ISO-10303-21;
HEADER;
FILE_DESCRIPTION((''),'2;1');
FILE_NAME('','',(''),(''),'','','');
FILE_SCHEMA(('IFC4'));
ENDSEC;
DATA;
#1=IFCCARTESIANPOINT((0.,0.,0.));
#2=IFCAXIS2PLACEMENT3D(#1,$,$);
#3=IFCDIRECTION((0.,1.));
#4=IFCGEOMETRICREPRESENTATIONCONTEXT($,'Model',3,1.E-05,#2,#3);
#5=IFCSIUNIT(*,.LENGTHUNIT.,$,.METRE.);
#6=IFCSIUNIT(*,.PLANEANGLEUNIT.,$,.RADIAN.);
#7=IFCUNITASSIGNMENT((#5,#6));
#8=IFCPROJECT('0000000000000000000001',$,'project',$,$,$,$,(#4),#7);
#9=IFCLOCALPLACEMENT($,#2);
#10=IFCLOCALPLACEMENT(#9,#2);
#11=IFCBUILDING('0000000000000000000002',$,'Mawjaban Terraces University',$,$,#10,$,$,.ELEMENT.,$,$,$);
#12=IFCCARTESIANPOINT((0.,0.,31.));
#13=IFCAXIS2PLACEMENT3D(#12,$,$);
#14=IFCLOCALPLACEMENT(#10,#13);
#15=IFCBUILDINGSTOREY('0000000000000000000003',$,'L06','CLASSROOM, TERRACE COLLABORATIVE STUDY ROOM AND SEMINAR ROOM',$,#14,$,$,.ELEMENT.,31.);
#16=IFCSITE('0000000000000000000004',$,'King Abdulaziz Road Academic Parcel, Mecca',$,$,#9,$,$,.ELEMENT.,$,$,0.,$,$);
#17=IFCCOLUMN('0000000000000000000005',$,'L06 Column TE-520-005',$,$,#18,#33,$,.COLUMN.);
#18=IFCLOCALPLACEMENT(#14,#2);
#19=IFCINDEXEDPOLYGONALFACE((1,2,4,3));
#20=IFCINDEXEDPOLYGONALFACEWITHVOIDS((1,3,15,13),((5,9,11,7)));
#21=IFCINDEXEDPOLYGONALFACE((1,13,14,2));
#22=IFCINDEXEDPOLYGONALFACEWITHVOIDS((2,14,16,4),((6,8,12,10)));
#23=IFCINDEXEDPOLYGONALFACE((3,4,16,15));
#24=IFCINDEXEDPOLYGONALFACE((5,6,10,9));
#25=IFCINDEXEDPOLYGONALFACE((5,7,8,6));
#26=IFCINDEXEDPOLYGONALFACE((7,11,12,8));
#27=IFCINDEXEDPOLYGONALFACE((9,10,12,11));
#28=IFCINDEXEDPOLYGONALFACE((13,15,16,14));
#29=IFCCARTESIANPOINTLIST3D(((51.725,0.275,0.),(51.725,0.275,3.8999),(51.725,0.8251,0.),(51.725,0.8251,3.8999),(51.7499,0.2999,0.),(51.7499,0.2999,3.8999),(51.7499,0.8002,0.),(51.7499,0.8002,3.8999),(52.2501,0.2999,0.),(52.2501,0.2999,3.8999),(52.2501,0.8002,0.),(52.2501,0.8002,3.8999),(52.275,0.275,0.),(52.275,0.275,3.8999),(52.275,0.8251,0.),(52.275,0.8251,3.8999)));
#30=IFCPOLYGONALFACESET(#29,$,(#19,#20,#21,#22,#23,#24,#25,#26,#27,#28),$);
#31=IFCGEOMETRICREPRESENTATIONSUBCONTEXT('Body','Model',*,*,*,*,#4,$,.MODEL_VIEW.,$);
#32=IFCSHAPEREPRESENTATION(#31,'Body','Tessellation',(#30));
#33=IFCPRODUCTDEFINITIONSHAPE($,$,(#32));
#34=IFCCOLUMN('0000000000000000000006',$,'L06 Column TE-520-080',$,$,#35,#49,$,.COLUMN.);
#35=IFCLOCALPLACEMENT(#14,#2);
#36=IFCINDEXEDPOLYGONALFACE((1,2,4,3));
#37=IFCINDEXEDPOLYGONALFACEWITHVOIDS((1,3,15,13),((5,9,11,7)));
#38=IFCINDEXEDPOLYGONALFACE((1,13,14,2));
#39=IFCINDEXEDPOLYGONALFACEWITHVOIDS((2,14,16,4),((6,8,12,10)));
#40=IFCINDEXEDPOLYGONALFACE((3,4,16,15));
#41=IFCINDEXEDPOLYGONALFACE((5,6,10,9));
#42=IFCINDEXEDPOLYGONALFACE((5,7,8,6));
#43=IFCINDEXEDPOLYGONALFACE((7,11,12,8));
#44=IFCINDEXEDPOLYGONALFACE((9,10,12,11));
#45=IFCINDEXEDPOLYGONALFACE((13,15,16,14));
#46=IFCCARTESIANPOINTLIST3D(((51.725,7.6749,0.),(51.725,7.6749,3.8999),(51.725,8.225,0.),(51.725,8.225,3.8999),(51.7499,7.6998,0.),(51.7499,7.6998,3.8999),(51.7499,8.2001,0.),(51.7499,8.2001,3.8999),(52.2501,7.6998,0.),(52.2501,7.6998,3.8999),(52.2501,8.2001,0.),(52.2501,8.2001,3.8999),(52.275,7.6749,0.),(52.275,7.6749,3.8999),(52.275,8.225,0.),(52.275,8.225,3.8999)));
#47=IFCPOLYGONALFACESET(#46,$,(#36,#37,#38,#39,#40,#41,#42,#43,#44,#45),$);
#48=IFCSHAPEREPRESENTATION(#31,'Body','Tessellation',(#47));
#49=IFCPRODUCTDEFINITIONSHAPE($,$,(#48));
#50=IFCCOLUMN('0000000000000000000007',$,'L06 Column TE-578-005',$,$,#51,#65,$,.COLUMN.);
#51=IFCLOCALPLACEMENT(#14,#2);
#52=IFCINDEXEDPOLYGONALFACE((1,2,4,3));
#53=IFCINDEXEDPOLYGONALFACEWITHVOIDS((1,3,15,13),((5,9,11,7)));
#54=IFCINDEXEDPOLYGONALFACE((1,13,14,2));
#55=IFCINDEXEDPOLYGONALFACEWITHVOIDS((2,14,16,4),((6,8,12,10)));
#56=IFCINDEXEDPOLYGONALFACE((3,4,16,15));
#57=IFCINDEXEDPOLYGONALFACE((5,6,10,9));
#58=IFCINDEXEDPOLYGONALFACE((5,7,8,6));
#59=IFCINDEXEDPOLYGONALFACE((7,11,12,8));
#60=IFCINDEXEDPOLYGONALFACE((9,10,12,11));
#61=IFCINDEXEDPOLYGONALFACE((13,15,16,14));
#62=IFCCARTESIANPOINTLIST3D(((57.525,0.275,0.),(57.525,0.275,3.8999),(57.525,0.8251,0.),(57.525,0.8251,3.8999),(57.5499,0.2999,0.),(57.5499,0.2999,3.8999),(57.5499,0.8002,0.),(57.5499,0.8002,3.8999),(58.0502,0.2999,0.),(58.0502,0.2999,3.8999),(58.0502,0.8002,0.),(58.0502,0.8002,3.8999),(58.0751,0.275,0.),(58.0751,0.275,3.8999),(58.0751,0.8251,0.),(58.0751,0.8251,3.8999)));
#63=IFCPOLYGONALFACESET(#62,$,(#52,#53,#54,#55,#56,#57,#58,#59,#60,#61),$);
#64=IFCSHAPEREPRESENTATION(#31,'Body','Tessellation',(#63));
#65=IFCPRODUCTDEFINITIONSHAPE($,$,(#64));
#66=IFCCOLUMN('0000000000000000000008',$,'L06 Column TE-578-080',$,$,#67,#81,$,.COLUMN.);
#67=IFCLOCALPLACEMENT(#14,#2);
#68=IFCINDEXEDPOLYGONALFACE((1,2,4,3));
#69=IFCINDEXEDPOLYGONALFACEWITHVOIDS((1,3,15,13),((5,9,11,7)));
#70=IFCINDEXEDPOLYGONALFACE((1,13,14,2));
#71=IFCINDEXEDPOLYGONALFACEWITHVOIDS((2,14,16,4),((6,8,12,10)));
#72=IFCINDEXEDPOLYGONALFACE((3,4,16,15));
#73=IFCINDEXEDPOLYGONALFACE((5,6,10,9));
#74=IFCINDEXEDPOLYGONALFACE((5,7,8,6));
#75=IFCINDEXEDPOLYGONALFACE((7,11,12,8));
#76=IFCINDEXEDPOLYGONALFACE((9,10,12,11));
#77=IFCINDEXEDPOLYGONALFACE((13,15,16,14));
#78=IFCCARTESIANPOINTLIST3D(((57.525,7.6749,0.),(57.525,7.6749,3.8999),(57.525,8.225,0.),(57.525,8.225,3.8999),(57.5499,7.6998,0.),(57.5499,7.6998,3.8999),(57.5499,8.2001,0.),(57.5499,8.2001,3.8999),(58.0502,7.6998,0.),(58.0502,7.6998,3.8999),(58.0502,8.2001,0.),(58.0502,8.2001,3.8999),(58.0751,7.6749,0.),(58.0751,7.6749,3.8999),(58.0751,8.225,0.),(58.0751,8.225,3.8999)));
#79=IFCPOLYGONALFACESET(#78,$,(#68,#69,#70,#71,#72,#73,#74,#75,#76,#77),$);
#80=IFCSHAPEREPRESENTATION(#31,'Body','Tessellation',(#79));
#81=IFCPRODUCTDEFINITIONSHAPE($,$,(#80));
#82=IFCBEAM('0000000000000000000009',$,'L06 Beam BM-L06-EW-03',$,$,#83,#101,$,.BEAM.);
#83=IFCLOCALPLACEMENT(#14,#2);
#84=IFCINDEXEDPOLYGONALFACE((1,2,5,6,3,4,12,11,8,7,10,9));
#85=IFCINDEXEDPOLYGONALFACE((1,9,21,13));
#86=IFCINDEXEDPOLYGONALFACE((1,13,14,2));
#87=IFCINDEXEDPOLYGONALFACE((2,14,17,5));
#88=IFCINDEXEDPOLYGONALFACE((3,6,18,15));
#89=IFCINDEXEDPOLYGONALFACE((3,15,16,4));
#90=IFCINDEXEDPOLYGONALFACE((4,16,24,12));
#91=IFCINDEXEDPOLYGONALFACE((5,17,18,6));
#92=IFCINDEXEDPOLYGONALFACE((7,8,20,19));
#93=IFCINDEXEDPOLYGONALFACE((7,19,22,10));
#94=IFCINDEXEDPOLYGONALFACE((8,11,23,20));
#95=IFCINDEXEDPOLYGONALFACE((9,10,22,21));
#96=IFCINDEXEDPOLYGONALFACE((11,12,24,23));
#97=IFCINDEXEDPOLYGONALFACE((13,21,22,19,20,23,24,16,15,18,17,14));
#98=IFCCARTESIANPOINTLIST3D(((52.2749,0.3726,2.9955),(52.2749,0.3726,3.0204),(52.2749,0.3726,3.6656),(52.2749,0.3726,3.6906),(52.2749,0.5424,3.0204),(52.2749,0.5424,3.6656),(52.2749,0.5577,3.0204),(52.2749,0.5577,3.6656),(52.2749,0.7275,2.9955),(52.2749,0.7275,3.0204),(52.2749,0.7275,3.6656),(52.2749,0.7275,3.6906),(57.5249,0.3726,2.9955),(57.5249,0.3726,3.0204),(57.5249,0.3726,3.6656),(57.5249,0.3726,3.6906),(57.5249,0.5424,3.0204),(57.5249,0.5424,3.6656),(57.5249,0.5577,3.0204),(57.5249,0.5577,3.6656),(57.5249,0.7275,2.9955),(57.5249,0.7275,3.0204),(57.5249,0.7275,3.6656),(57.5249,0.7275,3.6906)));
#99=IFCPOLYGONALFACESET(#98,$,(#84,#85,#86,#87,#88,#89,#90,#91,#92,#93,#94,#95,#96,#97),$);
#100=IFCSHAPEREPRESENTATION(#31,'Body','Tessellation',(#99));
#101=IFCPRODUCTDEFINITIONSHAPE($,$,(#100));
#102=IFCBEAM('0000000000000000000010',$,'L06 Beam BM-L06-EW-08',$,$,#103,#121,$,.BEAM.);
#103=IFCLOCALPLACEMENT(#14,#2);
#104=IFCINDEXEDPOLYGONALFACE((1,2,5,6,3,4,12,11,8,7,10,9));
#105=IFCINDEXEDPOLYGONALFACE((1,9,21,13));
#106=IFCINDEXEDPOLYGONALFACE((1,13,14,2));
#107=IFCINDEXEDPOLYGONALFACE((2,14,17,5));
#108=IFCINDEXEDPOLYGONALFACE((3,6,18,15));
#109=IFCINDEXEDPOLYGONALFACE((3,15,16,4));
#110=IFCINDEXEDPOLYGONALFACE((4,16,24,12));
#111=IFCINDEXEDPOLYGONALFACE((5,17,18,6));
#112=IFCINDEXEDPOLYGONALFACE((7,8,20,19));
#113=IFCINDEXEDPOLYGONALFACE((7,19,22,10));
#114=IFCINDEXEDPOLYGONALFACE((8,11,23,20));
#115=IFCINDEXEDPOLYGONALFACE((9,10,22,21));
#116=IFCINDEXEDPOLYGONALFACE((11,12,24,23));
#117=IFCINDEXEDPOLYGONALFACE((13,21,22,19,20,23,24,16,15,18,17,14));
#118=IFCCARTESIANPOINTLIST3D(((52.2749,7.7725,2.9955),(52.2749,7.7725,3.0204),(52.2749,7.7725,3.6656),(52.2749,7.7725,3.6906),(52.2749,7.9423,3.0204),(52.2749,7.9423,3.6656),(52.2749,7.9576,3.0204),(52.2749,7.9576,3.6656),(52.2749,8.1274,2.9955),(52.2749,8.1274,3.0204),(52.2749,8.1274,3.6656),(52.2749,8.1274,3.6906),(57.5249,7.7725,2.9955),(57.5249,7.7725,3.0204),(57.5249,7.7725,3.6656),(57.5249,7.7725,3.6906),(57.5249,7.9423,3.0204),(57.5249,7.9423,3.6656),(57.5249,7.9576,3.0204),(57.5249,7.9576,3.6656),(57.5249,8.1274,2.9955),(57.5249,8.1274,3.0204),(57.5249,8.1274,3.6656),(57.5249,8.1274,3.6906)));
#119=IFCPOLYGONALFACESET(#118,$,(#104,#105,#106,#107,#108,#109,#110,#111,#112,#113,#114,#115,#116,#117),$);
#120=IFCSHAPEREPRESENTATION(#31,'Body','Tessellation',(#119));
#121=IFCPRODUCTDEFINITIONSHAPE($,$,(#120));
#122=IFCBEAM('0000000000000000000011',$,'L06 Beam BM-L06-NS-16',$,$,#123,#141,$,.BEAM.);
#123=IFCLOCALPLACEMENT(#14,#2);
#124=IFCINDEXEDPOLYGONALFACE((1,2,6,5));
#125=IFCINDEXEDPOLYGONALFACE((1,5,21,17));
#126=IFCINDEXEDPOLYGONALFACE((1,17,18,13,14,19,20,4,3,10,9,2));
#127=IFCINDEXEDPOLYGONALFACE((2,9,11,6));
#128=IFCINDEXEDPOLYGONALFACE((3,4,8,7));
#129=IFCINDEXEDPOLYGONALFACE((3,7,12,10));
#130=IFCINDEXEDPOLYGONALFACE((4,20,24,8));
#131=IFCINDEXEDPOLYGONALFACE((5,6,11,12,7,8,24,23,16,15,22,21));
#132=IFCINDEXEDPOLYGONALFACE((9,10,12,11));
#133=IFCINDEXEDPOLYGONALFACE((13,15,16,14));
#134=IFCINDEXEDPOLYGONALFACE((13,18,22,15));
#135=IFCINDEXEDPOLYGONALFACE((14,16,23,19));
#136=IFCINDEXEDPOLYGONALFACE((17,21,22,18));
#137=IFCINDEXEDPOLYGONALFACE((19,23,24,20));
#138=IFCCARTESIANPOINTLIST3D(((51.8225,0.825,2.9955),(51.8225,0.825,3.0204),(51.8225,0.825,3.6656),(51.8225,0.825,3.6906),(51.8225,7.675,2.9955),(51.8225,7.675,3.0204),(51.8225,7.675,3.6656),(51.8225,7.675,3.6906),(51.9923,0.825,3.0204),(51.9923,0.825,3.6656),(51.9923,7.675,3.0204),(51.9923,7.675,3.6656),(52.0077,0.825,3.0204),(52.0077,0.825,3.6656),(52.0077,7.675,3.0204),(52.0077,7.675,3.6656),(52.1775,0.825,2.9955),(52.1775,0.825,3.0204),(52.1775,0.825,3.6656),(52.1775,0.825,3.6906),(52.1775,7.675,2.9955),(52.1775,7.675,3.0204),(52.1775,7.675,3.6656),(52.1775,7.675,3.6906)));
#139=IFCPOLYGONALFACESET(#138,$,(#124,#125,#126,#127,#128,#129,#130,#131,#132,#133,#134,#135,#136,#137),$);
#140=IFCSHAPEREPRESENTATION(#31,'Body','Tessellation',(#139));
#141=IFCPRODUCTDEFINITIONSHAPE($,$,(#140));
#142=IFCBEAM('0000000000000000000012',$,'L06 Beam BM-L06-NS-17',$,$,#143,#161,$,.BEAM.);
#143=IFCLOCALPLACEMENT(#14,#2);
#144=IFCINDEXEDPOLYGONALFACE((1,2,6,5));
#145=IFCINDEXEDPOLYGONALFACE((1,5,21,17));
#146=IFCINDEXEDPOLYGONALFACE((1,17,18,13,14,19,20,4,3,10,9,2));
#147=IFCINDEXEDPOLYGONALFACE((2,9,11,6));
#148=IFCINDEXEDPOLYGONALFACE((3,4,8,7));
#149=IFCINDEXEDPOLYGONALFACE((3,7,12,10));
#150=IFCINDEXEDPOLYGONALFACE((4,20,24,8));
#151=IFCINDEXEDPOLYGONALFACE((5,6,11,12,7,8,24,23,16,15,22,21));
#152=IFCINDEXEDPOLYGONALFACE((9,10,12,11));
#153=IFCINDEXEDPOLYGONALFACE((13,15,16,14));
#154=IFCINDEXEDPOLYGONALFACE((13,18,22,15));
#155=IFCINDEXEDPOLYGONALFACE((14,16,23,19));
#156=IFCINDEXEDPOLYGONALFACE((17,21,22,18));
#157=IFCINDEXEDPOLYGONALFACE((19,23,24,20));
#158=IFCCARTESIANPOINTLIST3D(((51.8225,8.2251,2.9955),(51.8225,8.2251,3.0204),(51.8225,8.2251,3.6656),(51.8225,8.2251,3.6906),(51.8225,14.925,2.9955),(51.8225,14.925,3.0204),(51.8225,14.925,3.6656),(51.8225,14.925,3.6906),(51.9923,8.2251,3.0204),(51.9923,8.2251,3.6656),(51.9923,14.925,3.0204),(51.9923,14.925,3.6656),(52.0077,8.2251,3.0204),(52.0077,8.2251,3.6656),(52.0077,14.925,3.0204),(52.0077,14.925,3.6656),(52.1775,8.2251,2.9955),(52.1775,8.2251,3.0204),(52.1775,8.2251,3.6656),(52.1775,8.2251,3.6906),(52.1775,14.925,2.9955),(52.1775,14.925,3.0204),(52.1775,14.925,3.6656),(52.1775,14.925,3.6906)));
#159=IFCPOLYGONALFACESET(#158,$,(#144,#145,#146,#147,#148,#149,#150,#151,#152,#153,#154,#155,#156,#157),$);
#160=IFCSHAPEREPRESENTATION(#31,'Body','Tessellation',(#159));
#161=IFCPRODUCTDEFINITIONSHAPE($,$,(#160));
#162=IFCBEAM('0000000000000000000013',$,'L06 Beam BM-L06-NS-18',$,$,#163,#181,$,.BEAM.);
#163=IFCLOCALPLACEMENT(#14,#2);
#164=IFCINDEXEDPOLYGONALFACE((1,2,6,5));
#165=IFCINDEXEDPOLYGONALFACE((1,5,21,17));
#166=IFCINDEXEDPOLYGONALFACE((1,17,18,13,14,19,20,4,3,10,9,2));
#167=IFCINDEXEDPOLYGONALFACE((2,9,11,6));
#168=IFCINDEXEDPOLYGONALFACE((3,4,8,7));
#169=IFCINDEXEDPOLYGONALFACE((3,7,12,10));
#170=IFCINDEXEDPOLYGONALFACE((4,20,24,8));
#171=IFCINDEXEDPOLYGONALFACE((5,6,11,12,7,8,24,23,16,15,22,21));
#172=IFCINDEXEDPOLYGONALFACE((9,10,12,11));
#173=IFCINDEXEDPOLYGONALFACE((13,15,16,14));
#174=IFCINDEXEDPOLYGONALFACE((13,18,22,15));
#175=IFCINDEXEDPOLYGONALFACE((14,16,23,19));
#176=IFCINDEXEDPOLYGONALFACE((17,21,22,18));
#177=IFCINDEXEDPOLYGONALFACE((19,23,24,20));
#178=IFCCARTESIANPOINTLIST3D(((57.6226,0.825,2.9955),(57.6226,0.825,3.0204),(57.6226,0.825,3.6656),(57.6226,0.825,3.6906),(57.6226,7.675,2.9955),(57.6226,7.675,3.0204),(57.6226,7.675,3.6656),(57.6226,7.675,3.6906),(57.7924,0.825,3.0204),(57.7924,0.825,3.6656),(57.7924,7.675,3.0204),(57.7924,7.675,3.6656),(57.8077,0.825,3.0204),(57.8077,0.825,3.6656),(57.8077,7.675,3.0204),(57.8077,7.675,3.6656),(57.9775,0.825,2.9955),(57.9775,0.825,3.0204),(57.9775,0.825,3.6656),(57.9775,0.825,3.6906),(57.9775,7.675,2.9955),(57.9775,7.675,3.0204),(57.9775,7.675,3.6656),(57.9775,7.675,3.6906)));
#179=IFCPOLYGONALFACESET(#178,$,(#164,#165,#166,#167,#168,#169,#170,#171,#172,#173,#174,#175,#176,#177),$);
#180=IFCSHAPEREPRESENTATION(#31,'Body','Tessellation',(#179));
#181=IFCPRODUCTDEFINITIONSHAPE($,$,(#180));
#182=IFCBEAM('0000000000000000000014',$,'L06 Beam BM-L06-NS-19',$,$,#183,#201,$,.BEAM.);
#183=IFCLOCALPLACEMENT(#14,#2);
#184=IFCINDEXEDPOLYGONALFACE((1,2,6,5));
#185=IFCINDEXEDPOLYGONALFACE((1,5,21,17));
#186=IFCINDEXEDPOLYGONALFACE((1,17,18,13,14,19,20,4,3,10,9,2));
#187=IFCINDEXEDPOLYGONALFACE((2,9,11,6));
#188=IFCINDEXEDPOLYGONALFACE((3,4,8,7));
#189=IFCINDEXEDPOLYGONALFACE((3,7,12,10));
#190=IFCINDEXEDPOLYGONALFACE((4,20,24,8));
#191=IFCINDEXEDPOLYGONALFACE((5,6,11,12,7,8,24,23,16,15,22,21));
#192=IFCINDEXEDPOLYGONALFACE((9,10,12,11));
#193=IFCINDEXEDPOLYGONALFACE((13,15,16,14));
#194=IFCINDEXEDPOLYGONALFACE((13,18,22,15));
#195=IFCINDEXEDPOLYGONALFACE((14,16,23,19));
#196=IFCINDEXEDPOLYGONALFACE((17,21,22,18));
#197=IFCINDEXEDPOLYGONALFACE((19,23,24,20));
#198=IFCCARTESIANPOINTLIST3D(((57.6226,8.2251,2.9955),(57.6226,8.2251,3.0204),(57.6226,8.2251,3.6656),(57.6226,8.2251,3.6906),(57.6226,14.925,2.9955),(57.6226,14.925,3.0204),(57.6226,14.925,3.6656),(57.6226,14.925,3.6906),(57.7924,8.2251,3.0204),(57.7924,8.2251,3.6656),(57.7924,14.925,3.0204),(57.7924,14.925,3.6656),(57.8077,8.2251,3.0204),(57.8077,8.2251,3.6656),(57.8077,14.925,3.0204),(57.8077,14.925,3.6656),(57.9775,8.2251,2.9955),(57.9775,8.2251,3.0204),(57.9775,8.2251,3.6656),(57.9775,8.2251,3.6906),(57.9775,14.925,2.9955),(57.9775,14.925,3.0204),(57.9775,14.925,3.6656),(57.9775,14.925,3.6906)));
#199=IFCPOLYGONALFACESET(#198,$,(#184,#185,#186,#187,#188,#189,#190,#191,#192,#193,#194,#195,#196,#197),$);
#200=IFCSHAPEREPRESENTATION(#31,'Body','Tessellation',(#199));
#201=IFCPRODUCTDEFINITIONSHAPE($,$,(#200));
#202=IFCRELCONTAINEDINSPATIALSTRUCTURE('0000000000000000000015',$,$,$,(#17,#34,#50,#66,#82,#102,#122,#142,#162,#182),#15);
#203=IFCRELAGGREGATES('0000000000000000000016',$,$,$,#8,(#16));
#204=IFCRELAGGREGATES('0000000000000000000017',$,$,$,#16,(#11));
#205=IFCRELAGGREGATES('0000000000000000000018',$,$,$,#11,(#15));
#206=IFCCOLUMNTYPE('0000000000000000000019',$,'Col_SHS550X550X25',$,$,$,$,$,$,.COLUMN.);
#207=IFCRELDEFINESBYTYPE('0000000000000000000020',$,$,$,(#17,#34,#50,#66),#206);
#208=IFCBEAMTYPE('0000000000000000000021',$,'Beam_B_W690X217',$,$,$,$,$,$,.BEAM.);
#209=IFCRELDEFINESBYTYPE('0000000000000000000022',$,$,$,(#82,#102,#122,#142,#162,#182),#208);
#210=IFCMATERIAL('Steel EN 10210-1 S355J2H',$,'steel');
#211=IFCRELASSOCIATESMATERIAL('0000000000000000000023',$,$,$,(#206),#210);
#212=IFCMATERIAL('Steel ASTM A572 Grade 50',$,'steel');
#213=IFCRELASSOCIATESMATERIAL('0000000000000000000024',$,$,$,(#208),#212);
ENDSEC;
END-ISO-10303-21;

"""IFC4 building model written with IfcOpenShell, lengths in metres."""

from ifc_helpers import new_model, si_unit, direction, frame, origin, origin_2d, place, context, subcontext, project, spatial, hollow_rectangle, i_section, extrude, material, material_profile, profile_set, type_object, element, save


model = new_model("IFC4")

# Units and contexts
model_context = context("Model", 3, precision=1e-05, world=origin(), true_north=direction((0.0, 1.0)))
body_context = subcontext(model_context, "Body", "Model", "MODEL_VIEW")
ifc_project = project(units=[si_unit("LENGTHUNIT", "METRE"), si_unit("PLANEANGLEUNIT", "RADIAN")], contexts=[model_context])

# Site, building, storey
site_placement = place(None, origin())
site = spatial("IfcSite", under=ifc_project, at=site_placement, Name="King Abdulaziz Road Academic Parcel, Mecca", CompositionType="ELEMENT", RefElevation=0.0)
building_placement = place(site_placement, origin())
building = spatial("IfcBuilding", under=site, at=building_placement, Name="Mawjaban Terraces University", CompositionType="ELEMENT")
storey_placement = place(building_placement, frame((0.0, 0.0, 31.0)))
storey = spatial("IfcBuildingStorey", under=building, at=storey_placement, Name="L06", Description="CLASSROOM, TERRACE COLLABORATIVE STUDY ROOM AND SEMINAR ROOM", CompositionType="ELEMENT", Elevation=31.0)

# Columns
ifc_material_1 = material(Name="Steel EN 10210-1 S355J2H", Category="steel")
ifc_material_profile_1 = material_profile(ifc_material_1, hollow_rectangle(XDim=0.55, YDim=0.55, WallThickness=0.0249, at=origin_2d()), Name="SHS550X550X25")
ifc_profile_set_1 = profile_set([ifc_material_profile_1], Name="Steel EN 10210-1 S355J2H")
column_type = type_object("IfcColumnType", Name="Col_SHS550X550X25", PredefinedType="COLUMN", material=ifc_profile_set_1)
for number, where, z_axis, x_axis, name in (
    (1, (52.0, 0.55, 0.0), (0.0, 0.0, 1.0), (1.0, 0.0, 0.0), "L06 Column TE-520-005"),
    (2, (52.0, 7.95, 0.0), (0.0, 0.0, 1.0), (1.0, 0.0, 0.0), "L06 Column TE-520-080"),
    (3, (57.8, 0.55, 0.0), (0.0, 0.0, 1.0), (1.0, 0.0, 0.0), "L06 Column TE-578-005"),
    (4, (57.8, 7.95, 0.0), (0.0, 0.0, 1.0), (1.0, 0.0, 0.0), "L06 Column TE-578-080"),
):
    element("IfcColumn", number, at=place(storey_placement, frame(where, z_axis=z_axis, x_axis=x_axis)), inside=storey, type_object=column_type, Name=name, PredefinedType="COLUMN", context=body_context, shape_type="SweptSolid", body=[
        extrude(hollow_rectangle(XDim=0.55, YDim=0.55, WallThickness=0.0249, at=origin_2d()), origin(), (0.0, 0.0, 1.0), 3.8999),
    ])

# Beams
ifc_material_2 = material(Name="Steel ASTM A572 Grade 50", Category="steel")
ifc_material_profile_2 = material_profile(ifc_material_2, i_section(OverallWidth=0.355, OverallDepth=0.6951, WebThickness=0.0154, FlangeThickness=0.0249, at=origin_2d()), Name="W690X217")
ifc_profile_set_2 = profile_set([ifc_material_profile_2], Name="Steel ASTM A572 Grade 50")
beam_type_1 = type_object("IfcBeamType", Name="Beam_B_W690X217", PredefinedType="BEAM", material=ifc_profile_set_2)
for number, where, z_axis, x_axis, name in (
    (5, (52.2749, 0.55, 3.343), (1.0, 0.0, 0.0), (0.0, 1.0, 0.0), "L06 Beam BM-L06-EW-03"),
    (6, (52.2749, 7.95, 3.343), (1.0, 0.0, 0.0), (0.0, 1.0, 0.0), "L06 Beam BM-L06-EW-08"),
):
    element("IfcBeam", number, at=place(storey_placement, frame(where, z_axis=z_axis, x_axis=x_axis)), inside=storey, type_object=beam_type_1, Name=name, PredefinedType="BEAM", context=body_context, shape_type="SweptSolid", body=[
        extrude(i_section(OverallWidth=0.355, OverallDepth=0.6951, WebThickness=0.0154, FlangeThickness=0.0249, at=origin_2d()), origin(), (0.0, 0.0, 1.0), 5.25),
    ])
beam_1_placement = place(storey_placement, frame((52.0, 0.825, 3.343), z_axis=(0.0, 1.0, 0.0), x_axis=(-1.0, 0.0, 0.0)))
element("IfcBeam", 7, at=beam_1_placement, inside=storey, type_object=beam_type_1, Name="L06 Beam BM-L06-NS-16", PredefinedType="BEAM", context=body_context, shape_type="SweptSolid", body=[
    extrude(i_section(OverallWidth=0.355, OverallDepth=0.6951, WebThickness=0.0154, FlangeThickness=0.0249, at=origin_2d()), origin(), (0.0, 0.0, 1.0), 6.8501),
])
beam_2_placement = place(storey_placement, frame((52.0, 8.2251, 3.343), z_axis=(0.0, 1.0, 0.0), x_axis=(-1.0, 0.0, 0.0)))
element("IfcBeam", 8, at=beam_2_placement, inside=storey, type_object=beam_type_1, Name="L06 Beam BM-L06-NS-17", PredefinedType="BEAM", context=body_context, shape_type="SweptSolid", body=[
    extrude(i_section(OverallWidth=0.355, OverallDepth=0.6951, WebThickness=0.0154, FlangeThickness=0.0249, at=origin_2d()), origin(), (0.0, 0.0, 1.0), 6.7),
])
beam_3_placement = place(storey_placement, frame((57.8, 0.825, 3.343), z_axis=(0.0, 1.0, 0.0), x_axis=(-1.0, 0.0, 0.0)))
element("IfcBeam", 9, at=beam_3_placement, inside=storey, type_object=beam_type_1, Name="L06 Beam BM-L06-NS-18", PredefinedType="BEAM", context=body_context, shape_type="SweptSolid", body=[
    extrude(i_section(OverallWidth=0.355, OverallDepth=0.6951, WebThickness=0.0154, FlangeThickness=0.0249, at=origin_2d()), origin(), (0.0, 0.0, 1.0), 6.8501),
])
beam_4_placement = place(storey_placement, frame((57.8, 8.2251, 3.343), z_axis=(0.0, 1.0, 0.0), x_axis=(-1.0, 0.0, 0.0)))
element("IfcBeam", 10, at=beam_4_placement, inside=storey, type_object=beam_type_1, Name="L06 Beam BM-L06-NS-19", PredefinedType="BEAM", context=body_context, shape_type="SweptSolid", body=[
    extrude(i_section(OverallWidth=0.355, OverallDepth=0.6951, WebThickness=0.0154, FlangeThickness=0.0249, at=origin_2d()), origin(), (0.0, 0.0, 1.0), 6.7),
])

save(model, "model.ifc")
